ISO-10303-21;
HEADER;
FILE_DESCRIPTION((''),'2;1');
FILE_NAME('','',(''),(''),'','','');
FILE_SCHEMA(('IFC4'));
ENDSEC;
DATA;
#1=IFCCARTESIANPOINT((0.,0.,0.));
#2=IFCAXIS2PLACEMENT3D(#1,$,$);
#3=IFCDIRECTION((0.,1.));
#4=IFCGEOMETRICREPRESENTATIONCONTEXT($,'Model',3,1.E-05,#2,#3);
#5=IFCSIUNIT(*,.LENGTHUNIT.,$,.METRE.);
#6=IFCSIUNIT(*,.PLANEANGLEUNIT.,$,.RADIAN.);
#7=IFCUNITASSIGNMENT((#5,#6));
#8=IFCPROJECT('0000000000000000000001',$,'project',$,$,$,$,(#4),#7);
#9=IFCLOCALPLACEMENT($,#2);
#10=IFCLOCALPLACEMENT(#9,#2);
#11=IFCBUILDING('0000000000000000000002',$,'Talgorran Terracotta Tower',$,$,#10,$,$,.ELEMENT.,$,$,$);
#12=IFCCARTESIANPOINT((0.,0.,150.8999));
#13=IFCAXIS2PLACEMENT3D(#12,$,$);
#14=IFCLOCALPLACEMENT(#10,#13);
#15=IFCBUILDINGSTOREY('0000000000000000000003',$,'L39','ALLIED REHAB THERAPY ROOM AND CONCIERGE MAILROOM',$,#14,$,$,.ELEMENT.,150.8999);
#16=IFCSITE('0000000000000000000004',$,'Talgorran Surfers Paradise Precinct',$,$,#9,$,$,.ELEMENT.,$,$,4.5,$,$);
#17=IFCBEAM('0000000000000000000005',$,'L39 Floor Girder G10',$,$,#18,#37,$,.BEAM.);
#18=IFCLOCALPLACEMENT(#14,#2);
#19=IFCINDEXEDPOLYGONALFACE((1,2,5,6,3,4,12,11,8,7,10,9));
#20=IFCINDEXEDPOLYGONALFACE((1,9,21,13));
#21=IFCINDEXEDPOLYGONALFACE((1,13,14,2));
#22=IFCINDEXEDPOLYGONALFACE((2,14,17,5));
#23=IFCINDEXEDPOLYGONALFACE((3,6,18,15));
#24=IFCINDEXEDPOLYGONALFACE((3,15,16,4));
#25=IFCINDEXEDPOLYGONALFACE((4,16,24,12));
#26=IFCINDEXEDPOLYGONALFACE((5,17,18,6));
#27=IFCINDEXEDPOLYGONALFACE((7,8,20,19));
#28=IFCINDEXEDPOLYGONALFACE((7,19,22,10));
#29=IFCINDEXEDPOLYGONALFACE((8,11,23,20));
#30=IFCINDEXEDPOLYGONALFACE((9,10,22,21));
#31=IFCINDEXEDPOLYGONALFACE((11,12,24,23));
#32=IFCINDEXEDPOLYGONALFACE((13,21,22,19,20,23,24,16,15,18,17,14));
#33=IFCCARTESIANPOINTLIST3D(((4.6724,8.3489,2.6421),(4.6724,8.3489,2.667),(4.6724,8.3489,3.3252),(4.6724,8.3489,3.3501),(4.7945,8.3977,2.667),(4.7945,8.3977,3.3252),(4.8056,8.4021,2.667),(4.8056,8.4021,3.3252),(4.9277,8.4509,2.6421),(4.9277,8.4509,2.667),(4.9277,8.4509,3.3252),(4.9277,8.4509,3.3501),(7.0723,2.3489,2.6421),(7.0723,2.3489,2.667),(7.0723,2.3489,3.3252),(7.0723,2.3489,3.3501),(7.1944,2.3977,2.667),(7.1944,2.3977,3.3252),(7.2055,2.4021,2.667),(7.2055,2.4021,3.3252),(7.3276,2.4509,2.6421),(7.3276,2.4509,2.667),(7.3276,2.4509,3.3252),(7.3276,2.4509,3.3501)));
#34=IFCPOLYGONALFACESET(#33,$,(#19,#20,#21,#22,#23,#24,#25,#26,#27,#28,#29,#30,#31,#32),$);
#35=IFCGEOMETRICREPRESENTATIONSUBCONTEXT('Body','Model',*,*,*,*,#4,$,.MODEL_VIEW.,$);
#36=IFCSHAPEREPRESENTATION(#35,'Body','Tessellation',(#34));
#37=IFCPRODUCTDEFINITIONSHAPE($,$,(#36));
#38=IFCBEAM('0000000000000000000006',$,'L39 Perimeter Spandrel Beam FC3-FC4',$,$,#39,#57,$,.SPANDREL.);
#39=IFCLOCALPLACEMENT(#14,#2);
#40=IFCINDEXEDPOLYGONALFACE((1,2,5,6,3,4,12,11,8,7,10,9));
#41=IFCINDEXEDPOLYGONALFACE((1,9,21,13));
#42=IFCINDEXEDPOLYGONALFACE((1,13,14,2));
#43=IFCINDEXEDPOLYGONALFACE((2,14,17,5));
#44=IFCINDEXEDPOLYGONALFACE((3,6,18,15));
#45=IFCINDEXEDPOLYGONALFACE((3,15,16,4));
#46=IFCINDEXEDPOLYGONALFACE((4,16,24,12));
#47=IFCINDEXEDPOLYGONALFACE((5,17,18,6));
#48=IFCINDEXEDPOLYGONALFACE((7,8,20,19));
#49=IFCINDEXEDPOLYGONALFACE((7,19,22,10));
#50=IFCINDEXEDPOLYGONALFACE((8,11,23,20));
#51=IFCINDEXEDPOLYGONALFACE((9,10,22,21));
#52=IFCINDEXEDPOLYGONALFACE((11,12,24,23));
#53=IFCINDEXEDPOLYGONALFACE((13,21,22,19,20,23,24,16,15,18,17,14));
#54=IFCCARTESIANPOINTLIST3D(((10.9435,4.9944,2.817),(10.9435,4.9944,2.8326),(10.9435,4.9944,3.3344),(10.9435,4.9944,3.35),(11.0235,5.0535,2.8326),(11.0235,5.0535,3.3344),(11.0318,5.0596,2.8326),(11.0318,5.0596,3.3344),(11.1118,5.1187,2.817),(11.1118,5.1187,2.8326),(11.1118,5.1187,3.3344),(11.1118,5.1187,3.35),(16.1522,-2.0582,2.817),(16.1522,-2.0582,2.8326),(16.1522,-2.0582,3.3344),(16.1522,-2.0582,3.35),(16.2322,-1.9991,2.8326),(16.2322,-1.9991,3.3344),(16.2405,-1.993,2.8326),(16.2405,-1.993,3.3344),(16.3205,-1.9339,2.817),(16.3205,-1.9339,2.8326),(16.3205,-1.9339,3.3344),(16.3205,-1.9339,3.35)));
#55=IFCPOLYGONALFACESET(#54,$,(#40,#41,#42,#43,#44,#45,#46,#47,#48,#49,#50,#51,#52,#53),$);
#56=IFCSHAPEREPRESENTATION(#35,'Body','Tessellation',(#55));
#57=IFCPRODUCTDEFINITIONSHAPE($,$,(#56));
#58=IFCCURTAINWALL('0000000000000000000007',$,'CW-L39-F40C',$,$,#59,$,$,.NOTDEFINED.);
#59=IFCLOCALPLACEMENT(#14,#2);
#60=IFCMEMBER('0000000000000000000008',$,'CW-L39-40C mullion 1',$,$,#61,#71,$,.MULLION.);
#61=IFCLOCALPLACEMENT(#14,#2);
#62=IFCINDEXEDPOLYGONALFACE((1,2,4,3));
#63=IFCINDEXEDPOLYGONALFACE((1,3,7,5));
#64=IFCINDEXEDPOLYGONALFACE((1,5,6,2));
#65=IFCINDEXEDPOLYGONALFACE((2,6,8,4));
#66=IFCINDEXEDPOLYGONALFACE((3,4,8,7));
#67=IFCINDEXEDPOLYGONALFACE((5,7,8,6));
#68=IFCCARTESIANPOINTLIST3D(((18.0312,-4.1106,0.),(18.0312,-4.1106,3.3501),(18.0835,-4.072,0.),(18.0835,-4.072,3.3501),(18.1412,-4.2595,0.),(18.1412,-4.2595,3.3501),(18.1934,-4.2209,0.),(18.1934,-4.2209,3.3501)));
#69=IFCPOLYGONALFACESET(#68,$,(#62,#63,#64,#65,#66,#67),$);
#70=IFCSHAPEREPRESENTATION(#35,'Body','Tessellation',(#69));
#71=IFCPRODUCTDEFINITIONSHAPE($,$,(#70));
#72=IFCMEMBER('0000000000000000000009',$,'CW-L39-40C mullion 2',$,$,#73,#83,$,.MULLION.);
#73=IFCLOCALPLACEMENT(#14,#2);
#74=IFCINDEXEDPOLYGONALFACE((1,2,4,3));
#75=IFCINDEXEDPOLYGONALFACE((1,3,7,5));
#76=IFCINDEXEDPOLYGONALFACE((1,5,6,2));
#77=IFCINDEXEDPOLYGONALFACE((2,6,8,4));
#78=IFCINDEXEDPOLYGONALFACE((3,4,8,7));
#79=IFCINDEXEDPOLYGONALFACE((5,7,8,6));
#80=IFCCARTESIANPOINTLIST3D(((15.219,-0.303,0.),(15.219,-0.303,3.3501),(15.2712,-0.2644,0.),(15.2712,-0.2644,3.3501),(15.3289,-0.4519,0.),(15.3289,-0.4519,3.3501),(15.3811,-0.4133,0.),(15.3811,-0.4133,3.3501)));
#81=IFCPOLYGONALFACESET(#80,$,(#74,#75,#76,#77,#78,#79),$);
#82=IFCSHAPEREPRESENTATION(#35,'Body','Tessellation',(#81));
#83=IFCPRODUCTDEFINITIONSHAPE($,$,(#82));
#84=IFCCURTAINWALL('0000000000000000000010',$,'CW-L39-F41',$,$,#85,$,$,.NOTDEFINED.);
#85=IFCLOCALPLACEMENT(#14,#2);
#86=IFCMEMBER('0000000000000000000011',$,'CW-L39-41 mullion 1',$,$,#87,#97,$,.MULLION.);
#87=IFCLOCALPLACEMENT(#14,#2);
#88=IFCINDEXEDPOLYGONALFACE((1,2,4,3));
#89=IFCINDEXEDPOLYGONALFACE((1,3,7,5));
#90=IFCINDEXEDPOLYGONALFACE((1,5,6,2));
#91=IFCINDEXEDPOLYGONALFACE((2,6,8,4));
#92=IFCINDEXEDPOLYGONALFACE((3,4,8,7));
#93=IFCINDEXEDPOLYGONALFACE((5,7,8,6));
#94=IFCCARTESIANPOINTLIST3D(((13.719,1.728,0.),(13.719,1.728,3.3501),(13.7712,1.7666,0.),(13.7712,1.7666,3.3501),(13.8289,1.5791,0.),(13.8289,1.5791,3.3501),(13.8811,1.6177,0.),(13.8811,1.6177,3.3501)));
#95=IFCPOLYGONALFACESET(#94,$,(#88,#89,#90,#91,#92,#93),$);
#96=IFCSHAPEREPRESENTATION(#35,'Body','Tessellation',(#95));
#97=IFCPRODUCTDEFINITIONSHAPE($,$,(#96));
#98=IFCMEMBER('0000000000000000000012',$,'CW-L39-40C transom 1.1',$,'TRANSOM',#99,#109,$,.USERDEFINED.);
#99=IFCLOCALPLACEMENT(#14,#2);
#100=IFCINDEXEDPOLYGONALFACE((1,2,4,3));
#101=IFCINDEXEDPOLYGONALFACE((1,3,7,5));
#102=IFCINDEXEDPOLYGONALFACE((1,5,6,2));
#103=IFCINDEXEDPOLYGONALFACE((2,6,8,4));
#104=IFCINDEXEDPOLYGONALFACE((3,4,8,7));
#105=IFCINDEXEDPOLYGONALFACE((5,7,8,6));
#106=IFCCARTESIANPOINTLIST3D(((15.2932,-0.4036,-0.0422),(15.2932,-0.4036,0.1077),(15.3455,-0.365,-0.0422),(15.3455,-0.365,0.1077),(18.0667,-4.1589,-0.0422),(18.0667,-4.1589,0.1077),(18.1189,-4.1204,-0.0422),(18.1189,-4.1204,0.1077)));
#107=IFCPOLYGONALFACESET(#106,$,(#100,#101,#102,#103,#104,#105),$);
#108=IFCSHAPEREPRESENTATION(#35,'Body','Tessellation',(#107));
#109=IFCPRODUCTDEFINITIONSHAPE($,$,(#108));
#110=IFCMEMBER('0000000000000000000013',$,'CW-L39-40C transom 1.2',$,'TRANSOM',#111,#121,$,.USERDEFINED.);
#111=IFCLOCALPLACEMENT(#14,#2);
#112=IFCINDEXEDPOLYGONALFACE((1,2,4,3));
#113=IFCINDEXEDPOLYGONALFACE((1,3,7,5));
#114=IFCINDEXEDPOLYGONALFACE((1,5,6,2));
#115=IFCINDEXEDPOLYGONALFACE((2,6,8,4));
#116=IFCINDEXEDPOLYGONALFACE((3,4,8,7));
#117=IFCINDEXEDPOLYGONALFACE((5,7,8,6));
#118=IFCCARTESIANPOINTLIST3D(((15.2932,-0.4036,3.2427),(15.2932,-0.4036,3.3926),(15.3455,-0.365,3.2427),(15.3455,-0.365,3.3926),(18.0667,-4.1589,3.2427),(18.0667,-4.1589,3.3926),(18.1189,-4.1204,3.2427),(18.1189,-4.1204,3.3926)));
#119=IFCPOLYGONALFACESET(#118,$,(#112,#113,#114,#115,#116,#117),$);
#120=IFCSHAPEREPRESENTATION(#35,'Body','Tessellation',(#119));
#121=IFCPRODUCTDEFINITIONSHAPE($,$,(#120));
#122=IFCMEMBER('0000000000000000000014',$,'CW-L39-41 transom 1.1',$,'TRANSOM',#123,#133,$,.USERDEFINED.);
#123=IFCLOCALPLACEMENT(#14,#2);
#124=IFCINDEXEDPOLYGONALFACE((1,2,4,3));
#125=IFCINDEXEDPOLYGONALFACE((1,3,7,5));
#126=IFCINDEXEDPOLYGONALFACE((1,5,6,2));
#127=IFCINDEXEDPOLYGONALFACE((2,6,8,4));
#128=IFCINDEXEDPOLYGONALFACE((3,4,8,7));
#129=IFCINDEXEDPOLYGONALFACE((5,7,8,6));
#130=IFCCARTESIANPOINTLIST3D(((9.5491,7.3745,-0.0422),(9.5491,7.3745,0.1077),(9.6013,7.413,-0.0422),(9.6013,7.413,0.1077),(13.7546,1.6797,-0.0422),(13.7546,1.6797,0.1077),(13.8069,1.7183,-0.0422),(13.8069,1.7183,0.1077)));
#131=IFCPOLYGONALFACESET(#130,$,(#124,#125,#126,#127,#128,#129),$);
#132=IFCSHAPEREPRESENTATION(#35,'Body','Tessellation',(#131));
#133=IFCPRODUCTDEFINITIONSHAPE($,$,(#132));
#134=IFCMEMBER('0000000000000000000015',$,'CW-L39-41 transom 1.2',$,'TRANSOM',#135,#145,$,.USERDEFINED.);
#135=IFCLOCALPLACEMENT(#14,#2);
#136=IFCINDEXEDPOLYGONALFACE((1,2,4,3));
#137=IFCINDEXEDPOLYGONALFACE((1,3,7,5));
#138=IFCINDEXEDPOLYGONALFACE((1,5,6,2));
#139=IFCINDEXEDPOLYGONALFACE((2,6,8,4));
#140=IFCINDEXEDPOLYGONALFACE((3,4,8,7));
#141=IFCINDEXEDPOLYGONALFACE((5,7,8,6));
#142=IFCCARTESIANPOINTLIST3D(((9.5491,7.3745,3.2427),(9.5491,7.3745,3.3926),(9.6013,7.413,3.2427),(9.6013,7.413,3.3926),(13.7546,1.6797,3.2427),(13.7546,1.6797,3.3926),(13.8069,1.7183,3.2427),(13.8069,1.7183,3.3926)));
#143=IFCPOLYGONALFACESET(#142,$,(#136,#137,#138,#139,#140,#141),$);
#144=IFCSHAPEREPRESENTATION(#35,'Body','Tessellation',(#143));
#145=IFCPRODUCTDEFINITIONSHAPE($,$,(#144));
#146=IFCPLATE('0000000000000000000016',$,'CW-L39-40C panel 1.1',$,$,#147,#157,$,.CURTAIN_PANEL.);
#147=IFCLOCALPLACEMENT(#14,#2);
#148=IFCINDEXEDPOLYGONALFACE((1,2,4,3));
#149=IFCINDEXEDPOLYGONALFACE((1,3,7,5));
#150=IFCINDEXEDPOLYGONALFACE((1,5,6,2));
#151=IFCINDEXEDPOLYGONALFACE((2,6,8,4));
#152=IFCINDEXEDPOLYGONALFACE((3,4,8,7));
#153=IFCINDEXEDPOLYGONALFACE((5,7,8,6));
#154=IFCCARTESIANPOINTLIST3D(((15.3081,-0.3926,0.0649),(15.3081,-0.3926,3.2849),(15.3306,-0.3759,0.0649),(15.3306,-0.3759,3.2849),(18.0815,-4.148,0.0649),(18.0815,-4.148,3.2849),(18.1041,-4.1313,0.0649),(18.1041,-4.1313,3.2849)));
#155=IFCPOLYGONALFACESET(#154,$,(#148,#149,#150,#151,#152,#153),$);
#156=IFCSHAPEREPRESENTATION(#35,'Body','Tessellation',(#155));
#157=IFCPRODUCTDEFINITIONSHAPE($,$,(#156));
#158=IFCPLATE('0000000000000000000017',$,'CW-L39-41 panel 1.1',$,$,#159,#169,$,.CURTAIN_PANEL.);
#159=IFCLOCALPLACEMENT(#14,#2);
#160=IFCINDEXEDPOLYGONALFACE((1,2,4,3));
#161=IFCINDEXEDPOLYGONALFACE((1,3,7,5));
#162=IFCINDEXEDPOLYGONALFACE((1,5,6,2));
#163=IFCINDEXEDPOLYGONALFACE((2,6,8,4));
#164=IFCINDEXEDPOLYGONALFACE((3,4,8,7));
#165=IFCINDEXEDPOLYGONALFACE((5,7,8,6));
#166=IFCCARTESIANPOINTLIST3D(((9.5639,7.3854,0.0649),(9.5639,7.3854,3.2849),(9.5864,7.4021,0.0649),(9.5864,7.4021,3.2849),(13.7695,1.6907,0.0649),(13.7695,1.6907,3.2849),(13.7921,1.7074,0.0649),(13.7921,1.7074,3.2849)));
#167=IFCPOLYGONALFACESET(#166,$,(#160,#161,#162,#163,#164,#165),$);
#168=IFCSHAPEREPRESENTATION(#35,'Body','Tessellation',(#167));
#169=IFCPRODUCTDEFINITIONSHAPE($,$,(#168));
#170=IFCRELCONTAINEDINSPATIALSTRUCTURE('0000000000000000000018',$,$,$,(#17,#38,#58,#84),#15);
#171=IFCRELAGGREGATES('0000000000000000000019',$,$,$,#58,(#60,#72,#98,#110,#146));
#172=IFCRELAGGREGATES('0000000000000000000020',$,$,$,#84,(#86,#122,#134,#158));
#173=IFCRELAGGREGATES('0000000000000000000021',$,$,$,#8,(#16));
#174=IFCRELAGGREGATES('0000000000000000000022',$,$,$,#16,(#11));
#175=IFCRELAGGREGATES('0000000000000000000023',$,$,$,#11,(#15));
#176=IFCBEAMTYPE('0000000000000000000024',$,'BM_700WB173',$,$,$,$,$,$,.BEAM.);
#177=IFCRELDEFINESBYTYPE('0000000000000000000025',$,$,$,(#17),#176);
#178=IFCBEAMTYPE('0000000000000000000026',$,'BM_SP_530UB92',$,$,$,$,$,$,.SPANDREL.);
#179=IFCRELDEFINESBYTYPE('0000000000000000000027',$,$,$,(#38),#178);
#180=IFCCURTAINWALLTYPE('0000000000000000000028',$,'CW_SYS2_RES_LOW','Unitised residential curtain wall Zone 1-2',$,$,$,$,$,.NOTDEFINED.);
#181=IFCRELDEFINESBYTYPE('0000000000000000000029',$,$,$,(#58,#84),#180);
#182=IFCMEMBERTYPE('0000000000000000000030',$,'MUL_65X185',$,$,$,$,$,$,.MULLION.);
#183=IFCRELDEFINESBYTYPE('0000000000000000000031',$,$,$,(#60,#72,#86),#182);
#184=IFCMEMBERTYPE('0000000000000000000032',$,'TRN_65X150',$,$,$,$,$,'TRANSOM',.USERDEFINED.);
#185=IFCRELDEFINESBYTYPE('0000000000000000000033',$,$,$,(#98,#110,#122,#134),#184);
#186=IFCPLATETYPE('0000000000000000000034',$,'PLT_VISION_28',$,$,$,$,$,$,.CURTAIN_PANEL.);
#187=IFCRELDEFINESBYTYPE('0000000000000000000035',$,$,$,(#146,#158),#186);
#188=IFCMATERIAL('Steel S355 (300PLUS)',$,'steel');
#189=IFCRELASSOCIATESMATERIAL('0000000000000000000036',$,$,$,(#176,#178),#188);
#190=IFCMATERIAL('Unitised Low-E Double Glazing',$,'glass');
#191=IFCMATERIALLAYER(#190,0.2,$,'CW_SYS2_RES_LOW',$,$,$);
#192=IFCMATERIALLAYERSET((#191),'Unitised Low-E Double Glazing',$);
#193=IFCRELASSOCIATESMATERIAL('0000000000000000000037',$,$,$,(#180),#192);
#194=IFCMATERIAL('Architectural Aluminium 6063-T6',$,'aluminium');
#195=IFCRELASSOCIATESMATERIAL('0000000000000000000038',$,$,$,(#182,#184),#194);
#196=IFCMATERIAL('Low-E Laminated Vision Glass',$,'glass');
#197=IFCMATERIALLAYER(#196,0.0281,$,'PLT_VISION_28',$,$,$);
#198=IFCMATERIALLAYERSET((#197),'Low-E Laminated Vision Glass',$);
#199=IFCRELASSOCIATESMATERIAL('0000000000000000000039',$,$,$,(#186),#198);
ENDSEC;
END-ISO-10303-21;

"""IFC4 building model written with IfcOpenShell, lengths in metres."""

from ifc_helpers import new_model, si_unit, direction, frame, origin, origin_2d, place, context, subcontext, project, spatial, rectangle, i_section, extrude, source, transform, mapped, material, layer, layer_set, material_profile, profile_set, type_object, type_shapes, element, aggregate, save


model = new_model("IFC4")

# Units and contexts
model_context = context("Model", 3, precision=1e-05, world=origin(), true_north=direction((0.0, 1.0)))
body_context = subcontext(model_context, "Body", "Model", "MODEL_VIEW")
ifc_project = project(units=[si_unit("LENGTHUNIT", "METRE"), si_unit("PLANEANGLEUNIT", "RADIAN")], contexts=[model_context])

# Site, building, storey
site_placement = place(None, origin())
site = spatial("IfcSite", under=ifc_project, at=site_placement, Name="Talgorran Surfers Paradise Precinct", CompositionType="ELEMENT", RefElevation=4.5)
building_placement = place(site_placement, origin())
building = spatial("IfcBuilding", under=site, at=building_placement, Name="Talgorran Terracotta Tower", CompositionType="ELEMENT")
storey_placement = place(building_placement, frame((0.0, 0.0, 150.8999)))
storey = spatial("IfcBuildingStorey", under=building, at=storey_placement, Name="L39", Description="ALLIED REHAB THERAPY ROOM AND CONCIERGE MAILROOM", CompositionType="ELEMENT", Elevation=150.8999)

# Shared definitions
ifc_material_1 = material(Name="Steel S355 (300PLUS)", Category="steel")

# Beams
ifc_material_profile_1 = material_profile(ifc_material_1, i_section(OverallWidth=0.2749, OverallDepth=0.708, WebThickness=0.012, FlangeThickness=0.0249, at=origin_2d()), Name="700WB173")
ifc_profile_set_1 = profile_set([ifc_material_profile_1], Name="Steel S355 (300PLUS)")
beam_type_1 = type_object("IfcBeamType", Name="BM_700WB173", PredefinedType="BEAM", material=ifc_profile_set_1)
beam_1_placement = place(storey_placement, frame((7.2, 2.3999, 2.9961), z_axis=(-0.371378, 0.928482, 0.0), x_axis=(-0.928482, -0.371378, 0.0)))
element("IfcBeam", 1, at=beam_1_placement, inside=storey, type_object=beam_type_1, Name="L39 Floor Girder G10", PredefinedType="BEAM", context=body_context, shape_type="SweptSolid", body=[
    extrude(i_section(OverallWidth=0.2749, OverallDepth=0.708, WebThickness=0.012, FlangeThickness=0.0249, at=origin_2d()), origin(), (0.0, 0.0, 1.0), 6.4622),
])
ifc_material_profile_2 = material_profile(ifc_material_1, i_section(OverallWidth=0.2092, OverallDepth=0.533, WebThickness=0.0103, FlangeThickness=0.0156, at=origin_2d()), Name="530UB92.4")
ifc_profile_set_2 = profile_set([ifc_material_profile_2], Name="Steel S355 (300PLUS)")
beam_type_2 = type_object("IfcBeamType", Name="BM_SP_530UB92", PredefinedType="SPANDREL", material=ifc_profile_set_2)
beam_2_placement = place(storey_placement, frame((16.2363, -1.9961, 3.0835), z_axis=(-0.594085, 0.804402, 0.0), x_axis=(-0.804402, -0.594085, 0.0)))
element("IfcBeam", 2, at=beam_2_placement, inside=storey, type_object=beam_type_2, Name="L39 Perimeter Spandrel Beam FC3-FC4", PredefinedType="SPANDREL", context=body_context, shape_type="SweptSolid", body=[
    extrude(i_section(OverallWidth=0.2092, OverallDepth=0.533, WebThickness=0.0103, FlangeThickness=0.0156, at=origin_2d()), origin(), (0.0, 0.0, 1.0), 8.7676),
])

# Curtain wall, members
ifc_material_2 = material(Name="Unitised Low-E Double Glazing", Category="glass")
ifc_layer_1 = layer(ifc_material_2, 0.2, Name="CW_SYS2_RES_LOW")
ifc_layer_set_1 = layer_set([ifc_layer_1], Name="Unitised Low-E Double Glazing")
curtain_wall_type = type_object("IfcCurtainWallType", Name="CW_SYS2_RES_LOW", Description="Unitised residential curtain wall Zone 1-2", PredefinedType="NOTDEFINED", material=ifc_layer_set_1)
curtain_wall_1_placement = place(storey_placement, origin())
curtain_wall_1 = element("IfcCurtainWall", 3, at=curtain_wall_1_placement, inside=storey, type_object=curtain_wall_type, Name="CW-L39-F40C", PredefinedType="NOTDEFINED")
ifc_material_3 = material(Name="Architectural Aluminium 6063-T6", Category="aluminium")
ifc_material_profile_3 = material_profile(ifc_material_3, rectangle(XDim=0.0649, YDim=0.1851, at=origin_2d()), Name="CWM65X185")
ifc_profile_set_3 = profile_set([ifc_material_profile_3], Name="Architectural Aluminium 6063-T6")
member_type_1 = type_object("IfcMemberType", Name="MUL_65X185", PredefinedType="MULLION", material=ifc_profile_set_3)
member_1_placement = place(storey_placement, frame((18.1123, -4.1658, 0.0), z_axis=(0.0, 0.0, 1.0), x_axis=(-0.80441, -0.594075, 0.0)))
member_1 = element("IfcMember", 4, at=member_1_placement, type_object=member_type_1, Name="CW-L39-40C mullion 1", PredefinedType="MULLION", context=body_context, shape_type="SweptSolid", body=[
    extrude(rectangle(XDim=0.0649, YDim=0.1851, at=origin_2d()), origin(), (0.0, 0.0, 1.0), 3.3501),
])
member_2_placement = place(storey_placement, frame((15.3, -0.3582, 0.0), z_axis=(0.0, 0.0, 1.0), x_axis=(-0.80441, -0.594075, 0.0)))
member_2 = element("IfcMember", 5, at=member_2_placement, type_object=member_type_1, Name="CW-L39-40C mullion 2", PredefinedType="MULLION", context=body_context, shape_type="SweptSolid", body=[
    extrude(rectangle(XDim=0.0649, YDim=0.1851, at=origin_2d()), origin(), (0.0, 0.0, 1.0), 3.3501),
])

# Curtain wall, member
curtain_wall_2_placement = place(storey_placement, origin())
curtain_wall_2 = element("IfcCurtainWall", 6, at=curtain_wall_2_placement, inside=storey, type_object=curtain_wall_type, Name="CW-L39-F41", PredefinedType="NOTDEFINED")
member_3_placement = place(storey_placement, frame((13.8, 1.6729, 0.0), z_axis=(0.0, 0.0, 1.0), x_axis=(-0.804411, -0.594074, 0.0)))
member_3 = element("IfcMember", 7, at=member_3_placement, type_object=member_type_1, Name="CW-L39-41 mullion 1", PredefinedType="MULLION", context=body_context, shape_type="SweptSolid", body=[
    extrude(rectangle(XDim=0.0649, YDim=0.1851, at=origin_2d()), origin(), (0.0, 0.0, 1.0), 3.3501),
])

# Members
ifc_material_profile_4 = material_profile(ifc_material_3, rectangle(XDim=0.0649, YDim=0.1499, at=origin_2d()), Name="CWT65X150")
ifc_profile_set_4 = profile_set([ifc_material_profile_4], Name="Architectural Aluminium 6063-T6")
member_type_2 = type_object("IfcMemberType", Name="TRN_65X150", ElementType="TRANSOM", PredefinedType="USERDEFINED", material=ifc_profile_set_4)
member_4_placement = place(storey_placement, frame((18.0928, -4.1396, 0.0327), z_axis=(-0.594076, 0.804409, 0.0), x_axis=(-0.804409, -0.594076, 0.0)))
member_4 = element("IfcMember", 8, at=member_4_placement, type_object=member_type_2, Name="CW-L39-40C transom 1.1", ObjectType="TRANSOM", PredefinedType="USERDEFINED", context=body_context, shape_type="SweptSolid", body=[
    extrude(rectangle(XDim=0.0649, YDim=0.1499, at=origin_2d()), origin(), (0.0, 0.0, 1.0), 4.6685),
])
member_5_placement = place(storey_placement, frame((18.0928, -4.1396, 3.3176), z_axis=(-0.594076, 0.804409, 0.0), x_axis=(-0.804409, -0.594076, 0.0)))
member_5 = element("IfcMember", 9, at=member_5_placement, type_object=member_type_2, Name="CW-L39-40C transom 1.2", ObjectType="TRANSOM", PredefinedType="USERDEFINED", context=body_context, shape_type="SweptSolid", body=[
    extrude(rectangle(XDim=0.0649, YDim=0.1499, at=origin_2d()), origin(), (0.0, 0.0, 1.0), 4.6685),
])
member_6_placement = place(storey_placement, frame((13.7808, 1.699, 0.0327), z_axis=(-0.594057, 0.804423, 0.0), x_axis=(-0.804423, -0.594057, 0.0)))
member_6 = element("IfcMember", 10, at=member_6_placement, type_object=member_type_2, Name="CW-L39-41 transom 1.1", ObjectType="TRANSOM", PredefinedType="USERDEFINED", context=body_context, shape_type="SweptSolid", body=[
    extrude(rectangle(XDim=0.0649, YDim=0.1499, at=origin_2d()), origin(), (0.0, 0.0, 1.0), 7.0793),
])
member_7_placement = place(storey_placement, frame((13.7808, 1.699, 3.3176), z_axis=(-0.594057, 0.804423, 0.0), x_axis=(-0.804423, -0.594057, 0.0)))
member_7 = element("IfcMember", 11, at=member_7_placement, type_object=member_type_2, Name="CW-L39-41 transom 1.2", ObjectType="TRANSOM", PredefinedType="USERDEFINED", context=body_context, shape_type="SweptSolid", body=[
    extrude(rectangle(XDim=0.0649, YDim=0.1499, at=origin_2d()), origin(), (0.0, 0.0, 1.0), 7.0793),
])

# Plates
ifc_material_4 = material(Name="Low-E Laminated Vision Glass", Category="glass")
ifc_layer_2 = layer(ifc_material_4, 0.0281, Name="PLT_VISION_28")
ifc_layer_set_2 = layer_set([ifc_layer_2], Name="Low-E Laminated Vision Glass")
plate_type = type_object("IfcPlateType", Name="PLT_VISION_28", PredefinedType="CURTAIN_PANEL", material=ifc_layer_set_2)
shared_shape_1 = source(origin(), body_context, "Body", "SweptSolid", [
    extrude(rectangle(XDim=4.6685, YDim=0.0281, at=origin_2d()), origin(), (0.0, 0.0, 1.0), 3.22),
])
plate_1_placement = place(storey_placement, frame((16.7061, -2.262, 0.0649), z_axis=(0.0, 0.0, 1.0), x_axis=(-0.594075, 0.80441, 0.0)))
plate_1 = element("IfcPlate", 12, at=plate_1_placement, type_object=plate_type, Name="CW-L39-40C panel 1.1", PredefinedType="CURTAIN_PANEL", context=body_context, shape_type="MappedRepresentation", body=[
    mapped(shared_shape_1, transform((0.0, 0.0, 0.0), scale=1.0)),
])
aggregate(curtain_wall_1, [member_1, member_2, member_4, member_5, plate_1])
shared_shape_2 = source(origin(), body_context, "Body", "SweptSolid", [
    extrude(rectangle(XDim=7.0793, YDim=0.0281, at=origin_2d()), origin(), (0.0, 0.0, 1.0), 3.22),
])
type_shapes(plate_type, [shared_shape_1, shared_shape_2])
plate_2_placement = place(storey_placement, frame((11.678, 4.5464, 0.0649), z_axis=(0.0, 0.0, 1.0), x_axis=(-0.594074, 0.804411, 0.0)))
plate_2 = element("IfcPlate", 13, at=plate_2_placement, type_object=plate_type, Name="CW-L39-41 panel 1.1", PredefinedType="CURTAIN_PANEL", context=body_context, shape_type="MappedRepresentation", body=[
    mapped(shared_shape_2, transform((0.0, 0.0, 0.0), scale=1.0)),
])
aggregate(curtain_wall_2, [member_3, member_6, member_7, plate_2])

save(model, "model.ifc")
